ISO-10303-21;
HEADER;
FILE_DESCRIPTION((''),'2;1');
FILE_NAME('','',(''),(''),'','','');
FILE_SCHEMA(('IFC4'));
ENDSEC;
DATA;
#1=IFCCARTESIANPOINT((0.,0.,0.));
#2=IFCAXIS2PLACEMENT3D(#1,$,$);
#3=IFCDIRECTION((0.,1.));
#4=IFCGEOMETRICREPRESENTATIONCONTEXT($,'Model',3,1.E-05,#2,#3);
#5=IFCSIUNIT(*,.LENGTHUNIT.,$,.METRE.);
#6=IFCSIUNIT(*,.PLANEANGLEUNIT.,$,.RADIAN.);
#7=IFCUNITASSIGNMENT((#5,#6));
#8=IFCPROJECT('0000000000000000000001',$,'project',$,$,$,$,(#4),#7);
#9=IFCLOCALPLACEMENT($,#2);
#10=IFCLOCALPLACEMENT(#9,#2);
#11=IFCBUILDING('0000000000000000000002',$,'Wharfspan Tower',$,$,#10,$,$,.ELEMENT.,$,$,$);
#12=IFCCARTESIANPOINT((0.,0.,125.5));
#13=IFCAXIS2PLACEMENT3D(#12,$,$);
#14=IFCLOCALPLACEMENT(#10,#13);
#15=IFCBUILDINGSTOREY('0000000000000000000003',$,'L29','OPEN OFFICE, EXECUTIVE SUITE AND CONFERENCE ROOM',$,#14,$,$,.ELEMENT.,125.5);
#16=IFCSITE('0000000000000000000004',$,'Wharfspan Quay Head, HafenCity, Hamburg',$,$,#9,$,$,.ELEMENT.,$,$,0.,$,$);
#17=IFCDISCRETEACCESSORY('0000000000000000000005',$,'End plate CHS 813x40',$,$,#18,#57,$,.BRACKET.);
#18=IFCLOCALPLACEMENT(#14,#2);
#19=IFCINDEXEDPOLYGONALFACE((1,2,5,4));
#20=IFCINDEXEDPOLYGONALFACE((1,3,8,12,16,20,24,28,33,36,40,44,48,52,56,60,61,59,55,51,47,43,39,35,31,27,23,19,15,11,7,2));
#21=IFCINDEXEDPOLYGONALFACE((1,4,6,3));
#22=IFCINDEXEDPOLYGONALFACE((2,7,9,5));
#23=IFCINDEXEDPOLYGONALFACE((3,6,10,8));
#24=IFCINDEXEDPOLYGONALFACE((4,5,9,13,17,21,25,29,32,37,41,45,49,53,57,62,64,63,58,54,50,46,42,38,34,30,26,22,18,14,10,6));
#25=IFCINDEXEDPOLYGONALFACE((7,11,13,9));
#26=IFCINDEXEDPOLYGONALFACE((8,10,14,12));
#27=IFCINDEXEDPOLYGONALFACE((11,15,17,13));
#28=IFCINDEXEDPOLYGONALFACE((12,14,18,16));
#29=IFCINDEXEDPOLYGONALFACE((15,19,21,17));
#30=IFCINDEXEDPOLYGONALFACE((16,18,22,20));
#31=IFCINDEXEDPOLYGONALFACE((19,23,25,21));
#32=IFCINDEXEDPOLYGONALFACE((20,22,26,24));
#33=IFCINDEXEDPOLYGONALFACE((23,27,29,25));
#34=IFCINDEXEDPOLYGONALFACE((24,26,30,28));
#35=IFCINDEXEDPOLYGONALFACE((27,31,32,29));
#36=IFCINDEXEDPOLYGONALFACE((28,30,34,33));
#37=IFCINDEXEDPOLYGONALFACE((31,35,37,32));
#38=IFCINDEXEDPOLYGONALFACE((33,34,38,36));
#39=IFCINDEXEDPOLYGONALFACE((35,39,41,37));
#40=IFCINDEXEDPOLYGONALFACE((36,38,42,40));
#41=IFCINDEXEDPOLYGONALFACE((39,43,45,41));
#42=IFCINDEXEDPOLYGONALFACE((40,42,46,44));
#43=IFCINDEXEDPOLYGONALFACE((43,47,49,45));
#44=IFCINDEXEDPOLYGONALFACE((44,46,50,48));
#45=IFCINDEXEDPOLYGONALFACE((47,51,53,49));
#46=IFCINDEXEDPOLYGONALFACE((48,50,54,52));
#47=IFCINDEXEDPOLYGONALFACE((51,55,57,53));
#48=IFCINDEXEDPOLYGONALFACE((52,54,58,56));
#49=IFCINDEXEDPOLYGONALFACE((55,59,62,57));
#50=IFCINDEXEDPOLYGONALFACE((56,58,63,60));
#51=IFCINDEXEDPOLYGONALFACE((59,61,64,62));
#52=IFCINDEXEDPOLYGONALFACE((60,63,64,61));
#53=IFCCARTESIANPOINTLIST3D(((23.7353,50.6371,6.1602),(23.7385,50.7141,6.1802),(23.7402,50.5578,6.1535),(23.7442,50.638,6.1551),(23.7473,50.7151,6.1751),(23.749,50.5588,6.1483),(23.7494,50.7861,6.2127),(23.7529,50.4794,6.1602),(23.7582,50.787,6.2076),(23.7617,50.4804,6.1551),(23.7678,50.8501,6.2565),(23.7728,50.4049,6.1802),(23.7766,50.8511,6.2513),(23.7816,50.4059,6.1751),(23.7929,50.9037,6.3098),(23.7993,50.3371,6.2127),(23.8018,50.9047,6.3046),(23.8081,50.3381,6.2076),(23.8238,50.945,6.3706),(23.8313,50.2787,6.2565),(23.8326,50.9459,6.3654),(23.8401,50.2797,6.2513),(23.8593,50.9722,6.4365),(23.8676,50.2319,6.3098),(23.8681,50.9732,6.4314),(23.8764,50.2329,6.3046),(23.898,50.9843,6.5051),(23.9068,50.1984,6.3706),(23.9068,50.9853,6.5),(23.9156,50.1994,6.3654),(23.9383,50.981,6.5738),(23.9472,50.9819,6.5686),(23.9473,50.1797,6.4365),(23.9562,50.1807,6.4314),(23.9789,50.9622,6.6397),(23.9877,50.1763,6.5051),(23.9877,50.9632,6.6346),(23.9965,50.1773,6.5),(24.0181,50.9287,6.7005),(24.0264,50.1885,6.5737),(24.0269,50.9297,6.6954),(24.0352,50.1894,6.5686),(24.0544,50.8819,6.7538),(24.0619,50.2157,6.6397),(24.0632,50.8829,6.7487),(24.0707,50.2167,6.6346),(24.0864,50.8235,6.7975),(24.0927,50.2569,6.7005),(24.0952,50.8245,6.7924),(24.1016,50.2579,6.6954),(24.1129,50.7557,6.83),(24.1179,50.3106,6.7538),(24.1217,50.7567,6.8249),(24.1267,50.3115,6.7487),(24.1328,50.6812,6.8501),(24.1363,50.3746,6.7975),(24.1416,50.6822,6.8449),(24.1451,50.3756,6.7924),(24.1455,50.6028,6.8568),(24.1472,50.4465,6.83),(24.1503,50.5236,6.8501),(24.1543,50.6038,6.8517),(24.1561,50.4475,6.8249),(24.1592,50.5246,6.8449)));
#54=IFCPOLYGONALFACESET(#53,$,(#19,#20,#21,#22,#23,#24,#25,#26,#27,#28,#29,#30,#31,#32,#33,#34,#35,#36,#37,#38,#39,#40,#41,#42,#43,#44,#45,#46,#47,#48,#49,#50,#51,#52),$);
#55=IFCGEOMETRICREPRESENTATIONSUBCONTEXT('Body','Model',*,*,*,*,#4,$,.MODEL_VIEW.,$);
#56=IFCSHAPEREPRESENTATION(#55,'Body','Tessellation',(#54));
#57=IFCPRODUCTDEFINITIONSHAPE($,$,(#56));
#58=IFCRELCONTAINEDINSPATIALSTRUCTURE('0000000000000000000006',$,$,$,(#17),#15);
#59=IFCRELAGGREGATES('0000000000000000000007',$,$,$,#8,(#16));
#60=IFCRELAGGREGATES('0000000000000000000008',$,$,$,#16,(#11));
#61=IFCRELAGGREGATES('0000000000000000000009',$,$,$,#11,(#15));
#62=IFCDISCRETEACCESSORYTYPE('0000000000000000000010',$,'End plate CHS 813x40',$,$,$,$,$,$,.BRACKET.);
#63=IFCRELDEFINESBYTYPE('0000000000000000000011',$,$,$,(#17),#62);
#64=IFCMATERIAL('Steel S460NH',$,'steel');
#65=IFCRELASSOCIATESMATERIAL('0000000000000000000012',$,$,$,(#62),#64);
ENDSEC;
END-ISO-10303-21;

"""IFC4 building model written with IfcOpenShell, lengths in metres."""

from ifc_helpers import new_model, si_unit, direction, frame, origin, origin_2d, place, context, subcontext, project, spatial, circle, extrude, material, material_profile, profile_set, type_object, element, save


model = new_model("IFC4")

# Units and contexts
model_context = context("Model", 3, precision=1e-05, world=origin(), true_north=direction((0.0, 1.0)))
body_context = subcontext(model_context, "Body", "Model", "MODEL_VIEW")
ifc_project = project(units=[si_unit("LENGTHUNIT", "METRE"), si_unit("PLANEANGLEUNIT", "RADIAN")], contexts=[model_context])

# Site, building, storey
site_placement = place(None, origin())
site = spatial("IfcSite", under=ifc_project, at=site_placement, Name="Wharfspan Quay Head, HafenCity, Hamburg", CompositionType="ELEMENT", RefElevation=0.0)
building_placement = place(site_placement, origin())
building = spatial("IfcBuilding", under=site, at=building_placement, Name="Wharfspan Tower", CompositionType="ELEMENT")
storey_placement = place(building_placement, frame((0.0, 0.0, 125.5)))
storey = spatial("IfcBuildingStorey", under=building, at=storey_placement, Name="L29", Description="OPEN OFFICE, EXECUTIVE SUITE AND CONFERENCE ROOM", CompositionType="ELEMENT", Elevation=125.5)

# Shared definitions
ifc_material_1 = material(Name="Steel S460NH", Category="steel")

# Discrete accessory
ifc_material_profile_1 = material_profile(ifc_material_1, circle(Radius=0.4065, at=origin_2d()))
ifc_profile_set_1 = profile_set([ifc_material_profile_1], Name="Steel S460NH")
discrete_accessory_type = type_object("IfcDiscreteAccessoryType", Name="End plate CHS 813x40", PredefinedType="BRACKET", material=ifc_profile_set_1)
discrete_accessory_placement = place(storey_placement, frame((23.9517, 50.5813, 6.5), z_axis=(-0.859828, -0.095536, 0.501566), x_axis=(0.11043, -0.99388, -0.000001)))
element("IfcDiscreteAccessory", 1, at=discrete_accessory_placement, inside=storey, type_object=discrete_accessory_type, Name="End plate CHS 813x40", PredefinedType="BRACKET", context=body_context, shape_type="SweptSolid", body=[
    extrude(circle(Radius=0.4065, at=origin_2d()), origin(), (0.0, 0.0, 1.0), 0.0103),
])

save(model, "model.ifc")
